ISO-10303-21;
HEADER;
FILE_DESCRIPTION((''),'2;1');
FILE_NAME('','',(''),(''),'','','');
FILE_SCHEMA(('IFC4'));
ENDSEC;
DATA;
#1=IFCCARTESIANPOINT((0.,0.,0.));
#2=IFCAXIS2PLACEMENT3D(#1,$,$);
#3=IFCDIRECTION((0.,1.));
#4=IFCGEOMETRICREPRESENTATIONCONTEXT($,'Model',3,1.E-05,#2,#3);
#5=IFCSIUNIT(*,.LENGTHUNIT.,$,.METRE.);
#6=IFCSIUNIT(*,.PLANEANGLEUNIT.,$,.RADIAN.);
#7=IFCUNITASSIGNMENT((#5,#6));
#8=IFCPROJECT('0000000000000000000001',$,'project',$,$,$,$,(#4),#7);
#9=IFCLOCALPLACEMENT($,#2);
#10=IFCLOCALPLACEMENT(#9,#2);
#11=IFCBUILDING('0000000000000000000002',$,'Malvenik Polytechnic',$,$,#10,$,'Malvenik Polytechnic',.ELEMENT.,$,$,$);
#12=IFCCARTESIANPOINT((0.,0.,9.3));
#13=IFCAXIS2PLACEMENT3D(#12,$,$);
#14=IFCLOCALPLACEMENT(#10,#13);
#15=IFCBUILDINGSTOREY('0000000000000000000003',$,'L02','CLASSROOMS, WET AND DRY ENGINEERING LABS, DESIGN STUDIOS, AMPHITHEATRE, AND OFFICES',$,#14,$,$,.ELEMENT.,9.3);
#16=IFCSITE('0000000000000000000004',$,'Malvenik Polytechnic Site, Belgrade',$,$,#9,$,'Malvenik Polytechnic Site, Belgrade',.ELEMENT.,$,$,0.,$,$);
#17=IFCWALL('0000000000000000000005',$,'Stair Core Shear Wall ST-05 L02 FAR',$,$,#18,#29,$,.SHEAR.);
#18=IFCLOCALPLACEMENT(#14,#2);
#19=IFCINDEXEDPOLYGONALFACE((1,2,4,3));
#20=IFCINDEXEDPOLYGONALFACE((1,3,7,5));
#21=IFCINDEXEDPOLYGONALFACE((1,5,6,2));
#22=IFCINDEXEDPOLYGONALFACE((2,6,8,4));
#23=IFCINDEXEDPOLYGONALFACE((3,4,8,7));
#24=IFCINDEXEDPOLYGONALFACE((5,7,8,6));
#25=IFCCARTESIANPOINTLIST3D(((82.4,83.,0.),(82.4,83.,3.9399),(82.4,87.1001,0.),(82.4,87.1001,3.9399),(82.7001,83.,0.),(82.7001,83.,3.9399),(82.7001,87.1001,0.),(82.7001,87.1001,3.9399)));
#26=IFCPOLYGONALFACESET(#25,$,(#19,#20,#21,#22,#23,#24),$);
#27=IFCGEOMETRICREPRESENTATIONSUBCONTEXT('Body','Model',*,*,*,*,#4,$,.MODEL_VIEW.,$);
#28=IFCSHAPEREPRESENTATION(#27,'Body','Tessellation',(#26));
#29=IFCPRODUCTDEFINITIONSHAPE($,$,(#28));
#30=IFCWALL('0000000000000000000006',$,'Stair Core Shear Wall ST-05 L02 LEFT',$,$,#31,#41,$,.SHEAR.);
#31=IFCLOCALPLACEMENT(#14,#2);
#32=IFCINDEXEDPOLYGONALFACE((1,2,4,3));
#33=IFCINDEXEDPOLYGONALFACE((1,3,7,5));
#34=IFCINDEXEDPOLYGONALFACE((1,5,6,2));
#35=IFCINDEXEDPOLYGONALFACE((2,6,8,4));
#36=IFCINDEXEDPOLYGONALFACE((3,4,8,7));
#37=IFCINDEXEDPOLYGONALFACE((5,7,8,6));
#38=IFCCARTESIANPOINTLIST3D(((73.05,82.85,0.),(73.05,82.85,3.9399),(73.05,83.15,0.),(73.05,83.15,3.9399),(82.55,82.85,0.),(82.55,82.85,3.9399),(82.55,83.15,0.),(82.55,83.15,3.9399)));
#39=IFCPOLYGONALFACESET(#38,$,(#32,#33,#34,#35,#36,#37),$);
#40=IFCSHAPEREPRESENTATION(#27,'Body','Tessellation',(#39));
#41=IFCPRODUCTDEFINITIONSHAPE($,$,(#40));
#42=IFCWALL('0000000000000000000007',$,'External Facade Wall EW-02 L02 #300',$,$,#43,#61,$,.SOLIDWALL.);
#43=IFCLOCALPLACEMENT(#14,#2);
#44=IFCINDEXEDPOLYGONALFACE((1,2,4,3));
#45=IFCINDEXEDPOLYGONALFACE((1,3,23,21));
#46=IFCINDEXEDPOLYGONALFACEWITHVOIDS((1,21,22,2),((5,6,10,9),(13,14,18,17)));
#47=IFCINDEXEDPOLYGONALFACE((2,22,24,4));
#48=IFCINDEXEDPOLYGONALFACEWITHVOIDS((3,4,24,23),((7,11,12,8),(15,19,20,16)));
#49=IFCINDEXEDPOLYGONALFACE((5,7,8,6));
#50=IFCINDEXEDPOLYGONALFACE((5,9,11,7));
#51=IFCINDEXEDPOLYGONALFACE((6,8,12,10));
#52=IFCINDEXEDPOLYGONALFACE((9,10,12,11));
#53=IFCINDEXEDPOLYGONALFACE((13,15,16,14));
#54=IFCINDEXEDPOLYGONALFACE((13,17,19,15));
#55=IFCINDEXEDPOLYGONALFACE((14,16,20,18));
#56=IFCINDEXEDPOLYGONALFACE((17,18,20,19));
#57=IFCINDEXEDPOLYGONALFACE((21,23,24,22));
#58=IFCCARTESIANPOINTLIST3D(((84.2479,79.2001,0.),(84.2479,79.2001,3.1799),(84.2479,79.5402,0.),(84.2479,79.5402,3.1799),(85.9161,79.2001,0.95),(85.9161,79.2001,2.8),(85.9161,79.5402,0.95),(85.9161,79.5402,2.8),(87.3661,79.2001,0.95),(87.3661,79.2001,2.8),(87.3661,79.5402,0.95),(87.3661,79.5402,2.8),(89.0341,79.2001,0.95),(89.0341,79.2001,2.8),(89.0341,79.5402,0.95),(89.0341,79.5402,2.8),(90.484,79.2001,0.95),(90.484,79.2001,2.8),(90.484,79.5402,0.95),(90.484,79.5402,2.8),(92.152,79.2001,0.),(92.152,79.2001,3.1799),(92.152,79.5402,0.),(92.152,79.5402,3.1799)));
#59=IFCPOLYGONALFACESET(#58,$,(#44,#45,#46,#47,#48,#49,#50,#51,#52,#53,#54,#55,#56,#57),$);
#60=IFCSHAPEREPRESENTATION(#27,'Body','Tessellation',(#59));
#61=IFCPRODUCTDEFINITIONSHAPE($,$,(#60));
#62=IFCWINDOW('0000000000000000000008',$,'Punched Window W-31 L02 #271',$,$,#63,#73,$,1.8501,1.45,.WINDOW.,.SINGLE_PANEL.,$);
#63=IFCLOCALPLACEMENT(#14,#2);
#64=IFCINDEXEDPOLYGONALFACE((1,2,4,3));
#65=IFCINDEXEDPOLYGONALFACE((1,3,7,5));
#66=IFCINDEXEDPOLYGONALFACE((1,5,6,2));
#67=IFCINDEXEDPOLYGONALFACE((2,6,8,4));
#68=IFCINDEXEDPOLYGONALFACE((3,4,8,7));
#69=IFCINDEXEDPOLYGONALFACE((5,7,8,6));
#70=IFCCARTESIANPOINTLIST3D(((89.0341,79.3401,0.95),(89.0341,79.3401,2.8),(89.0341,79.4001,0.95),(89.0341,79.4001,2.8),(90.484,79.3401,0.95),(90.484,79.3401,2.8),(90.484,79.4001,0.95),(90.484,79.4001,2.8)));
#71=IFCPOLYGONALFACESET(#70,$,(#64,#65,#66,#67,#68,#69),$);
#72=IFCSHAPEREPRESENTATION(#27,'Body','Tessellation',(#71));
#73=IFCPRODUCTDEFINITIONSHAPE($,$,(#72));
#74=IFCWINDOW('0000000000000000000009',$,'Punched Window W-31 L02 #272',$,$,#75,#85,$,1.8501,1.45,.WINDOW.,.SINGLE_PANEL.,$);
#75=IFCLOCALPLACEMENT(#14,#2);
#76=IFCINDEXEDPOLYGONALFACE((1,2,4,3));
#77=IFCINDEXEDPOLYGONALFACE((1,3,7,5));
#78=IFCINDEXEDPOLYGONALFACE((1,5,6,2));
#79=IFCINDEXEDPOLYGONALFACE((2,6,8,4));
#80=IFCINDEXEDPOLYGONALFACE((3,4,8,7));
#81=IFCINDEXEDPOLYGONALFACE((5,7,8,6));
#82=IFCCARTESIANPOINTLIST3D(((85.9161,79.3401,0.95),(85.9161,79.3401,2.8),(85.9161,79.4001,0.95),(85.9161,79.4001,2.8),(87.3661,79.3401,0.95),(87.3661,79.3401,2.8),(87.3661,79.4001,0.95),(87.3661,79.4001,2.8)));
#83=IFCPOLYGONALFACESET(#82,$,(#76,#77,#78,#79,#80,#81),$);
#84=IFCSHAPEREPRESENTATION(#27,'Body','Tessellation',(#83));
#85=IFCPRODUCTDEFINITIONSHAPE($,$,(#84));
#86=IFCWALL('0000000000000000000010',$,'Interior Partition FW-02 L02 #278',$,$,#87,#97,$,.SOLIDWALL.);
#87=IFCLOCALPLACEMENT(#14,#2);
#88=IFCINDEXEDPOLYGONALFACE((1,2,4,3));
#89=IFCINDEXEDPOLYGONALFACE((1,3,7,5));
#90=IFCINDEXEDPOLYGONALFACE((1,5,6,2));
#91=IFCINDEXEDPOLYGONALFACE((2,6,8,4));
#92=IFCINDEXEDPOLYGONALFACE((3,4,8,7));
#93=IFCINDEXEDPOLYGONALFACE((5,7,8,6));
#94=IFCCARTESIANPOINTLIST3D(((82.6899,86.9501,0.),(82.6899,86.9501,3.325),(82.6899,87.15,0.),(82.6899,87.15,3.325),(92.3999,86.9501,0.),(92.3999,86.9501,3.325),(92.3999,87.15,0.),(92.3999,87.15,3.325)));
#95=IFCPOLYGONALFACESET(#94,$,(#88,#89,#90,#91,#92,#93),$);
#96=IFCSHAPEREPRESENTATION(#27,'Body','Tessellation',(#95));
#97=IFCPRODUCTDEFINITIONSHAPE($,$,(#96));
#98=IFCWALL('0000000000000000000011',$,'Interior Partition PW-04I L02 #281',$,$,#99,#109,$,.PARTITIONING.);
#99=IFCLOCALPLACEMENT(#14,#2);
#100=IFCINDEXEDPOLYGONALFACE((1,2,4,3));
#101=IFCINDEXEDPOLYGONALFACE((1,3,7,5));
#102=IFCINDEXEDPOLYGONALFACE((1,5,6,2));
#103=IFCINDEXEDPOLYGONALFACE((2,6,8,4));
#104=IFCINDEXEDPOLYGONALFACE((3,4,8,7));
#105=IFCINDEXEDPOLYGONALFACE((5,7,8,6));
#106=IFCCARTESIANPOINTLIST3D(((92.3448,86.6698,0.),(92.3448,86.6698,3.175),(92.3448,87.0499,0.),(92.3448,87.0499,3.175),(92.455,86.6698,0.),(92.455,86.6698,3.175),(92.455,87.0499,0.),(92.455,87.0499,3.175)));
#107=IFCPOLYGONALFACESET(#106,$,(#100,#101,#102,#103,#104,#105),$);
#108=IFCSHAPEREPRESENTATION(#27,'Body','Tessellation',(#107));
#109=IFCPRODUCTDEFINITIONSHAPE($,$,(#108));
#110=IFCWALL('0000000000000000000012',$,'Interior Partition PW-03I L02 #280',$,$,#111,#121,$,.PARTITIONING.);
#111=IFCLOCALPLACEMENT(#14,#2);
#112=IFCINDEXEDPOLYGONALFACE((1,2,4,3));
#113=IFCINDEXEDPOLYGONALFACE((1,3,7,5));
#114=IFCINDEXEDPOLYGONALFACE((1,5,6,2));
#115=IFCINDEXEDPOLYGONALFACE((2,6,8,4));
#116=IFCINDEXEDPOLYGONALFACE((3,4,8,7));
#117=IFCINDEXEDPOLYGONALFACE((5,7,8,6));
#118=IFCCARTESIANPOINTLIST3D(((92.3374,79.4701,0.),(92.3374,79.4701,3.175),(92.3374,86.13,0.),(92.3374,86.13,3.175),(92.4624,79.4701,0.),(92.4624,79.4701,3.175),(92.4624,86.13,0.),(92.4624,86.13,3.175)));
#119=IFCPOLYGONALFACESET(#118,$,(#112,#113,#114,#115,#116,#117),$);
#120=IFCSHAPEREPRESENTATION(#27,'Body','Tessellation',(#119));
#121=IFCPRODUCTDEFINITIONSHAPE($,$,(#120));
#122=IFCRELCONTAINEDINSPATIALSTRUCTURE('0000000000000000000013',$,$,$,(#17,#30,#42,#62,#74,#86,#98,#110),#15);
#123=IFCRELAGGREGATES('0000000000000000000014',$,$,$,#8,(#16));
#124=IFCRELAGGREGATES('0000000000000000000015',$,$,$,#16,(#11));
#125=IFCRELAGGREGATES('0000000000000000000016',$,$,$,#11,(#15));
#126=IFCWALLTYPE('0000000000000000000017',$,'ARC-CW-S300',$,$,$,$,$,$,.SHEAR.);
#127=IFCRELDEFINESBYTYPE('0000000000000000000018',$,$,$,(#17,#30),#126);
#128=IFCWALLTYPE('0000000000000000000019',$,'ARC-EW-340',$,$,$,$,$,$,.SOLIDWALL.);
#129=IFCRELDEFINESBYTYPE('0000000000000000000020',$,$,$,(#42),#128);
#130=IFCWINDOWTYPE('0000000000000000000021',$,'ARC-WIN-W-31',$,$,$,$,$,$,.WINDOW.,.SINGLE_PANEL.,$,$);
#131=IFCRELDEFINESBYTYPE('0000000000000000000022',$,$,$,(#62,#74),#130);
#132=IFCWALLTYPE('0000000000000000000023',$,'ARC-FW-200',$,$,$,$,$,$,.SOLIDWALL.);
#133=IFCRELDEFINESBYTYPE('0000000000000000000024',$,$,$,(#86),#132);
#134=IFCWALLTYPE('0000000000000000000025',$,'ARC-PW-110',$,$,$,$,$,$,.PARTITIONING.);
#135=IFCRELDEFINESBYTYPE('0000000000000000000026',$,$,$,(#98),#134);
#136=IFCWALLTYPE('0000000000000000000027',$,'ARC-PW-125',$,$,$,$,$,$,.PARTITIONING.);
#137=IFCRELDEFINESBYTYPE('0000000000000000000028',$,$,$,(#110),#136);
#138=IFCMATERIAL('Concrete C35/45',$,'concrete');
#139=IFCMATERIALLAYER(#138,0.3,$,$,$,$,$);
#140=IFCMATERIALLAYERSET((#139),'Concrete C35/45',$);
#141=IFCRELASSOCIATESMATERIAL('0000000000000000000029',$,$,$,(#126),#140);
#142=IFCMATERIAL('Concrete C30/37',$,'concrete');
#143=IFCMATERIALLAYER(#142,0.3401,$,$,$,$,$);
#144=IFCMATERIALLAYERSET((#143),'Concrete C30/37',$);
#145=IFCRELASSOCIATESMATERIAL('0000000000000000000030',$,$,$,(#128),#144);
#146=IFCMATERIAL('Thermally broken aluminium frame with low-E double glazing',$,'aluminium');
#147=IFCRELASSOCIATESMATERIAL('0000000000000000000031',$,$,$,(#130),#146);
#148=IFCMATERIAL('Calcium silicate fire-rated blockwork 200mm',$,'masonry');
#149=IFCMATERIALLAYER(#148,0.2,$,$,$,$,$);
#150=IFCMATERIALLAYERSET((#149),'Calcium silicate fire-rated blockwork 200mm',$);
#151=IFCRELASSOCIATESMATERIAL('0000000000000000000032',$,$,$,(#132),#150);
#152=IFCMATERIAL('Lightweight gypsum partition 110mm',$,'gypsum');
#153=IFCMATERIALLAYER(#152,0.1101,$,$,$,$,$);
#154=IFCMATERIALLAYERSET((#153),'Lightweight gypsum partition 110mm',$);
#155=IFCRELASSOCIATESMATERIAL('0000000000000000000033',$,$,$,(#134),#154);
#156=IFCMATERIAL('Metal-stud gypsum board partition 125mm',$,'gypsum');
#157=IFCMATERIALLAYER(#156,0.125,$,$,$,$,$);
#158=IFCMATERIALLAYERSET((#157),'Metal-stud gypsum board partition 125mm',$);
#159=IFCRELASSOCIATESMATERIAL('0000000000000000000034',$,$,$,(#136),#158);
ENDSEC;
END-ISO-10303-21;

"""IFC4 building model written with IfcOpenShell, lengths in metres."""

from ifc_helpers import new_model, si_unit, direction, frame, frame_2d, origin, place, context, subcontext, project, spatial, rectangle, extrude, material, layer, layer_set, type_object, element, fill, save


model = new_model("IFC4")

# Units and contexts
model_context = context("Model", 3, precision=1e-05, world=origin(), true_north=direction((0.0, 1.0)))
body_context = subcontext(model_context, "Body", "Model", "MODEL_VIEW")
ifc_project = project(units=[si_unit("LENGTHUNIT", "METRE"), si_unit("PLANEANGLEUNIT", "RADIAN")], contexts=[model_context])

# Site, building, storey
site_placement = place(None, origin())
site = spatial("IfcSite", under=ifc_project, at=site_placement, Name="Malvenik Polytechnic Site, Belgrade", LongName="Malvenik Polytechnic Site, Belgrade", CompositionType="ELEMENT", RefElevation=0.0)
building_placement = place(site_placement, origin())
building = spatial("IfcBuilding", under=site, at=building_placement, Name="Malvenik Polytechnic", LongName="Malvenik Polytechnic", CompositionType="ELEMENT")
storey_placement = place(building_placement, frame((0.0, 0.0, 9.3)))
storey = spatial("IfcBuildingStorey", under=building, at=storey_placement, Name="L02", Description="CLASSROOMS, WET AND DRY ENGINEERING LABS, DESIGN STUDIOS, AMPHITHEATRE, AND OFFICES", CompositionType="ELEMENT", Elevation=9.3)

# Shared definitions
ifc_material_1 = material(Name="Concrete C35/45", Category="concrete")

# Shared definitions
ifc_material_2 = material(Name="Concrete C30/37", Category="concrete")

# Walls
ifc_layer_1 = layer(ifc_material_1, 0.3)
ifc_layer_set_1 = layer_set([ifc_layer_1], Name="Concrete C35/45")
wall_type_1 = type_object("IfcWallType", Name="ARC-CW-S300", PredefinedType="SHEAR", material=ifc_layer_set_1)
wall_1_placement = place(storey_placement, frame((82.55, 87.1001, 0.0), z_axis=(0.0, 0.0, 1.0), x_axis=(0.0, -1.0, 0.0)))
element("IfcWall", 1, at=wall_1_placement, inside=storey, type_object=wall_type_1, Name="Stair Core Shear Wall ST-05 L02 FAR", PredefinedType="SHEAR", context=body_context, shape_type="SweptSolid", body=[
    extrude(rectangle(XDim=4.1001, YDim=0.3, at=frame_2d((2.05, 0.0))), origin(), (0.0, 0.0, 1.0), 3.9399),
])
wall_2_placement = place(storey_placement, frame((82.55, 83.0, 0.0), z_axis=(0.0, 0.0, 1.0), x_axis=(-1.0, 0.0, 0.0)))
element("IfcWall", 2, at=wall_2_placement, inside=storey, type_object=wall_type_1, Name="Stair Core Shear Wall ST-05 L02 LEFT", PredefinedType="SHEAR", context=body_context, shape_type="SweptSolid", body=[
    extrude(rectangle(XDim=9.5, YDim=0.3, at=frame_2d((4.75, 0.0))), origin(), (0.0, 0.0, 1.0), 3.9399),
])

# Wall, openings, windows
ifc_layer_2 = layer(ifc_material_2, 0.3401)
ifc_layer_set_2 = layer_set([ifc_layer_2], Name="Concrete C30/37")
wall_type_2 = type_object("IfcWallType", Name="ARC-EW-340", PredefinedType="SOLIDWALL", material=ifc_layer_set_2)
wall_3_placement = place(storey_placement, frame((92.1521, 79.3701, 0.0), z_axis=(0.0, 0.0, 1.0), x_axis=(-1.0, 0.0, 0.0)))
wall_3 = element("IfcWall", 3, at=wall_3_placement, inside=storey, type_object=wall_type_2, Name="External Facade Wall EW-02 L02 #300", PredefinedType="SOLIDWALL", context=body_context, shape_type="SweptSolid", body=[
    extrude(rectangle(XDim=7.9041, YDim=0.3401, at=frame_2d((3.9521, 0.0))), origin(), (0.0, 0.0, 1.0), 3.1799),
])
opening_1_placement = place(wall_3_placement, frame((1.668, 0.0, 0.95)))
opening_1 = element("IfcOpeningElement", 4, at=opening_1_placement, cuts=wall_3, PredefinedType="OPENING", context=body_context, shape_type="SweptSolid", body=[
    extrude(rectangle(XDim=1.45, YDim=1.8501, at=frame_2d((0.7251, 0.925))), frame((0.0, 0.1802, 0.0), z_axis=(0.0, -1.0, 0.0), x_axis=(1.0, 0.0, 0.0)), (0.0, 0.0, 1.0), 0.3601),
])
opening_2_placement = place(wall_3_placement, frame((4.7859, 0.0, 0.95)))
opening_2 = element("IfcOpeningElement", 5, at=opening_2_placement, cuts=wall_3, PredefinedType="OPENING", context=body_context, shape_type="SweptSolid", body=[
    extrude(rectangle(XDim=1.45, YDim=1.8501, at=frame_2d((0.7251, 0.925))), frame((0.0, 0.1802, 0.0), z_axis=(0.0, -1.0, 0.0), x_axis=(1.0, 0.0, 0.0)), (0.0, 0.0, 1.0), 0.3601),
])
ifc_material_3 = material(Name="Thermally broken aluminium frame with low-E double glazing", Category="aluminium")
window_type = type_object("IfcWindowType", Name="ARC-WIN-W-31", PartitioningType="SINGLE_PANEL", PredefinedType="WINDOW", material=ifc_material_3)
window_1_placement = place(opening_1_placement, origin())
window_1 = element("IfcWindow", 6, at=window_1_placement, inside=storey, type_object=window_type, Name="Punched Window W-31 L02 #271", OverallHeight=1.8501, OverallWidth=1.45, PartitioningType="SINGLE_PANEL", PredefinedType="WINDOW", context=body_context, shape_type="SweptSolid", body=[
    extrude(rectangle(XDim=1.45, YDim=1.8501, at=frame_2d((0.7251, 0.925))), frame((0.0, 0.03, 0.0), z_axis=(0.0, -1.0, 0.0), x_axis=(1.0, 0.0, 0.0)), (0.0, 0.0, 1.0), 0.0601),
])
fill(opening_1, window_1)
window_2_placement = place(opening_2_placement, origin())
window_2 = element("IfcWindow", 7, at=window_2_placement, inside=storey, type_object=window_type, Name="Punched Window W-31 L02 #272", OverallHeight=1.8501, OverallWidth=1.45, PartitioningType="SINGLE_PANEL", PredefinedType="WINDOW", context=body_context, shape_type="SweptSolid", body=[
    extrude(rectangle(XDim=1.45, YDim=1.8501, at=frame_2d((0.7251, 0.925))), frame((0.0, 0.03, 0.0), z_axis=(0.0, -1.0, 0.0), x_axis=(1.0, 0.0, 0.0)), (0.0, 0.0, 1.0), 0.0601),
])
fill(opening_2, window_2)

# Walls
ifc_material_4 = material(Name="Calcium silicate fire-rated blockwork 200mm", Category="masonry")
ifc_layer_3 = layer(ifc_material_4, 0.2)
ifc_layer_set_3 = layer_set([ifc_layer_3], Name="Calcium silicate fire-rated blockwork 200mm")
wall_type_3 = type_object("IfcWallType", Name="ARC-FW-200", PredefinedType="SOLIDWALL", material=ifc_layer_set_3)
wall_4_placement = place(storey_placement, frame((92.3999, 87.05, 0.0), z_axis=(0.0, 0.0, 1.0), x_axis=(-1.0, 0.0, 0.0)))
element("IfcWall", 8, at=wall_4_placement, inside=storey, type_object=wall_type_3, Name="Interior Partition FW-02 L02 #278", PredefinedType="SOLIDWALL", context=body_context, shape_type="SweptSolid", body=[
    extrude(rectangle(XDim=9.71, YDim=0.2, at=frame_2d((4.855, 0.0))), origin(), (0.0, 0.0, 1.0), 3.325),
])
ifc_material_5 = material(Name="Lightweight gypsum partition 110mm", Category="gypsum")
ifc_layer_4 = layer(ifc_material_5, 0.1101)
ifc_layer_set_4 = layer_set([ifc_layer_4], Name="Lightweight gypsum partition 110mm")
wall_type_4 = type_object("IfcWallType", Name="ARC-PW-110", PredefinedType="PARTITIONING", material=ifc_layer_set_4)
wall_5_placement = place(storey_placement, frame((92.3999, 86.6699, 0.0), z_axis=(0.0, 0.0, 1.0), x_axis=(0.0, 1.0, 0.0)))
element("IfcWall", 9, at=wall_5_placement, inside=storey, type_object=wall_type_4, Name="Interior Partition PW-04I L02 #281", PredefinedType="PARTITIONING", context=body_context, shape_type="SweptSolid", body=[
    extrude(rectangle(XDim=0.3801, YDim=0.1101, at=frame_2d((0.1899, 0.0))), origin(), (0.0, 0.0, 1.0), 3.175),
])
ifc_material_6 = material(Name="Metal-stud gypsum board partition 125mm", Category="gypsum")
ifc_layer_5 = layer(ifc_material_6, 0.125)
ifc_layer_set_5 = layer_set([ifc_layer_5], Name="Metal-stud gypsum board partition 125mm")
wall_type_5 = type_object("IfcWallType", Name="ARC-PW-125", PredefinedType="PARTITIONING", material=ifc_layer_set_5)
wall_6_placement = place(storey_placement, frame((92.3999, 79.47, 0.0), z_axis=(0.0, 0.0, 1.0), x_axis=(0.0, 1.0, 0.0)))
element("IfcWall", 10, at=wall_6_placement, inside=storey, type_object=wall_type_5, Name="Interior Partition PW-03I L02 #280", PredefinedType="PARTITIONING", context=body_context, shape_type="SweptSolid", body=[
    extrude(rectangle(XDim=6.6599, YDim=0.125, at=frame_2d((3.3301, 0.0))), origin(), (0.0, 0.0, 1.0), 3.175),
])

save(model, "model.ifc")
